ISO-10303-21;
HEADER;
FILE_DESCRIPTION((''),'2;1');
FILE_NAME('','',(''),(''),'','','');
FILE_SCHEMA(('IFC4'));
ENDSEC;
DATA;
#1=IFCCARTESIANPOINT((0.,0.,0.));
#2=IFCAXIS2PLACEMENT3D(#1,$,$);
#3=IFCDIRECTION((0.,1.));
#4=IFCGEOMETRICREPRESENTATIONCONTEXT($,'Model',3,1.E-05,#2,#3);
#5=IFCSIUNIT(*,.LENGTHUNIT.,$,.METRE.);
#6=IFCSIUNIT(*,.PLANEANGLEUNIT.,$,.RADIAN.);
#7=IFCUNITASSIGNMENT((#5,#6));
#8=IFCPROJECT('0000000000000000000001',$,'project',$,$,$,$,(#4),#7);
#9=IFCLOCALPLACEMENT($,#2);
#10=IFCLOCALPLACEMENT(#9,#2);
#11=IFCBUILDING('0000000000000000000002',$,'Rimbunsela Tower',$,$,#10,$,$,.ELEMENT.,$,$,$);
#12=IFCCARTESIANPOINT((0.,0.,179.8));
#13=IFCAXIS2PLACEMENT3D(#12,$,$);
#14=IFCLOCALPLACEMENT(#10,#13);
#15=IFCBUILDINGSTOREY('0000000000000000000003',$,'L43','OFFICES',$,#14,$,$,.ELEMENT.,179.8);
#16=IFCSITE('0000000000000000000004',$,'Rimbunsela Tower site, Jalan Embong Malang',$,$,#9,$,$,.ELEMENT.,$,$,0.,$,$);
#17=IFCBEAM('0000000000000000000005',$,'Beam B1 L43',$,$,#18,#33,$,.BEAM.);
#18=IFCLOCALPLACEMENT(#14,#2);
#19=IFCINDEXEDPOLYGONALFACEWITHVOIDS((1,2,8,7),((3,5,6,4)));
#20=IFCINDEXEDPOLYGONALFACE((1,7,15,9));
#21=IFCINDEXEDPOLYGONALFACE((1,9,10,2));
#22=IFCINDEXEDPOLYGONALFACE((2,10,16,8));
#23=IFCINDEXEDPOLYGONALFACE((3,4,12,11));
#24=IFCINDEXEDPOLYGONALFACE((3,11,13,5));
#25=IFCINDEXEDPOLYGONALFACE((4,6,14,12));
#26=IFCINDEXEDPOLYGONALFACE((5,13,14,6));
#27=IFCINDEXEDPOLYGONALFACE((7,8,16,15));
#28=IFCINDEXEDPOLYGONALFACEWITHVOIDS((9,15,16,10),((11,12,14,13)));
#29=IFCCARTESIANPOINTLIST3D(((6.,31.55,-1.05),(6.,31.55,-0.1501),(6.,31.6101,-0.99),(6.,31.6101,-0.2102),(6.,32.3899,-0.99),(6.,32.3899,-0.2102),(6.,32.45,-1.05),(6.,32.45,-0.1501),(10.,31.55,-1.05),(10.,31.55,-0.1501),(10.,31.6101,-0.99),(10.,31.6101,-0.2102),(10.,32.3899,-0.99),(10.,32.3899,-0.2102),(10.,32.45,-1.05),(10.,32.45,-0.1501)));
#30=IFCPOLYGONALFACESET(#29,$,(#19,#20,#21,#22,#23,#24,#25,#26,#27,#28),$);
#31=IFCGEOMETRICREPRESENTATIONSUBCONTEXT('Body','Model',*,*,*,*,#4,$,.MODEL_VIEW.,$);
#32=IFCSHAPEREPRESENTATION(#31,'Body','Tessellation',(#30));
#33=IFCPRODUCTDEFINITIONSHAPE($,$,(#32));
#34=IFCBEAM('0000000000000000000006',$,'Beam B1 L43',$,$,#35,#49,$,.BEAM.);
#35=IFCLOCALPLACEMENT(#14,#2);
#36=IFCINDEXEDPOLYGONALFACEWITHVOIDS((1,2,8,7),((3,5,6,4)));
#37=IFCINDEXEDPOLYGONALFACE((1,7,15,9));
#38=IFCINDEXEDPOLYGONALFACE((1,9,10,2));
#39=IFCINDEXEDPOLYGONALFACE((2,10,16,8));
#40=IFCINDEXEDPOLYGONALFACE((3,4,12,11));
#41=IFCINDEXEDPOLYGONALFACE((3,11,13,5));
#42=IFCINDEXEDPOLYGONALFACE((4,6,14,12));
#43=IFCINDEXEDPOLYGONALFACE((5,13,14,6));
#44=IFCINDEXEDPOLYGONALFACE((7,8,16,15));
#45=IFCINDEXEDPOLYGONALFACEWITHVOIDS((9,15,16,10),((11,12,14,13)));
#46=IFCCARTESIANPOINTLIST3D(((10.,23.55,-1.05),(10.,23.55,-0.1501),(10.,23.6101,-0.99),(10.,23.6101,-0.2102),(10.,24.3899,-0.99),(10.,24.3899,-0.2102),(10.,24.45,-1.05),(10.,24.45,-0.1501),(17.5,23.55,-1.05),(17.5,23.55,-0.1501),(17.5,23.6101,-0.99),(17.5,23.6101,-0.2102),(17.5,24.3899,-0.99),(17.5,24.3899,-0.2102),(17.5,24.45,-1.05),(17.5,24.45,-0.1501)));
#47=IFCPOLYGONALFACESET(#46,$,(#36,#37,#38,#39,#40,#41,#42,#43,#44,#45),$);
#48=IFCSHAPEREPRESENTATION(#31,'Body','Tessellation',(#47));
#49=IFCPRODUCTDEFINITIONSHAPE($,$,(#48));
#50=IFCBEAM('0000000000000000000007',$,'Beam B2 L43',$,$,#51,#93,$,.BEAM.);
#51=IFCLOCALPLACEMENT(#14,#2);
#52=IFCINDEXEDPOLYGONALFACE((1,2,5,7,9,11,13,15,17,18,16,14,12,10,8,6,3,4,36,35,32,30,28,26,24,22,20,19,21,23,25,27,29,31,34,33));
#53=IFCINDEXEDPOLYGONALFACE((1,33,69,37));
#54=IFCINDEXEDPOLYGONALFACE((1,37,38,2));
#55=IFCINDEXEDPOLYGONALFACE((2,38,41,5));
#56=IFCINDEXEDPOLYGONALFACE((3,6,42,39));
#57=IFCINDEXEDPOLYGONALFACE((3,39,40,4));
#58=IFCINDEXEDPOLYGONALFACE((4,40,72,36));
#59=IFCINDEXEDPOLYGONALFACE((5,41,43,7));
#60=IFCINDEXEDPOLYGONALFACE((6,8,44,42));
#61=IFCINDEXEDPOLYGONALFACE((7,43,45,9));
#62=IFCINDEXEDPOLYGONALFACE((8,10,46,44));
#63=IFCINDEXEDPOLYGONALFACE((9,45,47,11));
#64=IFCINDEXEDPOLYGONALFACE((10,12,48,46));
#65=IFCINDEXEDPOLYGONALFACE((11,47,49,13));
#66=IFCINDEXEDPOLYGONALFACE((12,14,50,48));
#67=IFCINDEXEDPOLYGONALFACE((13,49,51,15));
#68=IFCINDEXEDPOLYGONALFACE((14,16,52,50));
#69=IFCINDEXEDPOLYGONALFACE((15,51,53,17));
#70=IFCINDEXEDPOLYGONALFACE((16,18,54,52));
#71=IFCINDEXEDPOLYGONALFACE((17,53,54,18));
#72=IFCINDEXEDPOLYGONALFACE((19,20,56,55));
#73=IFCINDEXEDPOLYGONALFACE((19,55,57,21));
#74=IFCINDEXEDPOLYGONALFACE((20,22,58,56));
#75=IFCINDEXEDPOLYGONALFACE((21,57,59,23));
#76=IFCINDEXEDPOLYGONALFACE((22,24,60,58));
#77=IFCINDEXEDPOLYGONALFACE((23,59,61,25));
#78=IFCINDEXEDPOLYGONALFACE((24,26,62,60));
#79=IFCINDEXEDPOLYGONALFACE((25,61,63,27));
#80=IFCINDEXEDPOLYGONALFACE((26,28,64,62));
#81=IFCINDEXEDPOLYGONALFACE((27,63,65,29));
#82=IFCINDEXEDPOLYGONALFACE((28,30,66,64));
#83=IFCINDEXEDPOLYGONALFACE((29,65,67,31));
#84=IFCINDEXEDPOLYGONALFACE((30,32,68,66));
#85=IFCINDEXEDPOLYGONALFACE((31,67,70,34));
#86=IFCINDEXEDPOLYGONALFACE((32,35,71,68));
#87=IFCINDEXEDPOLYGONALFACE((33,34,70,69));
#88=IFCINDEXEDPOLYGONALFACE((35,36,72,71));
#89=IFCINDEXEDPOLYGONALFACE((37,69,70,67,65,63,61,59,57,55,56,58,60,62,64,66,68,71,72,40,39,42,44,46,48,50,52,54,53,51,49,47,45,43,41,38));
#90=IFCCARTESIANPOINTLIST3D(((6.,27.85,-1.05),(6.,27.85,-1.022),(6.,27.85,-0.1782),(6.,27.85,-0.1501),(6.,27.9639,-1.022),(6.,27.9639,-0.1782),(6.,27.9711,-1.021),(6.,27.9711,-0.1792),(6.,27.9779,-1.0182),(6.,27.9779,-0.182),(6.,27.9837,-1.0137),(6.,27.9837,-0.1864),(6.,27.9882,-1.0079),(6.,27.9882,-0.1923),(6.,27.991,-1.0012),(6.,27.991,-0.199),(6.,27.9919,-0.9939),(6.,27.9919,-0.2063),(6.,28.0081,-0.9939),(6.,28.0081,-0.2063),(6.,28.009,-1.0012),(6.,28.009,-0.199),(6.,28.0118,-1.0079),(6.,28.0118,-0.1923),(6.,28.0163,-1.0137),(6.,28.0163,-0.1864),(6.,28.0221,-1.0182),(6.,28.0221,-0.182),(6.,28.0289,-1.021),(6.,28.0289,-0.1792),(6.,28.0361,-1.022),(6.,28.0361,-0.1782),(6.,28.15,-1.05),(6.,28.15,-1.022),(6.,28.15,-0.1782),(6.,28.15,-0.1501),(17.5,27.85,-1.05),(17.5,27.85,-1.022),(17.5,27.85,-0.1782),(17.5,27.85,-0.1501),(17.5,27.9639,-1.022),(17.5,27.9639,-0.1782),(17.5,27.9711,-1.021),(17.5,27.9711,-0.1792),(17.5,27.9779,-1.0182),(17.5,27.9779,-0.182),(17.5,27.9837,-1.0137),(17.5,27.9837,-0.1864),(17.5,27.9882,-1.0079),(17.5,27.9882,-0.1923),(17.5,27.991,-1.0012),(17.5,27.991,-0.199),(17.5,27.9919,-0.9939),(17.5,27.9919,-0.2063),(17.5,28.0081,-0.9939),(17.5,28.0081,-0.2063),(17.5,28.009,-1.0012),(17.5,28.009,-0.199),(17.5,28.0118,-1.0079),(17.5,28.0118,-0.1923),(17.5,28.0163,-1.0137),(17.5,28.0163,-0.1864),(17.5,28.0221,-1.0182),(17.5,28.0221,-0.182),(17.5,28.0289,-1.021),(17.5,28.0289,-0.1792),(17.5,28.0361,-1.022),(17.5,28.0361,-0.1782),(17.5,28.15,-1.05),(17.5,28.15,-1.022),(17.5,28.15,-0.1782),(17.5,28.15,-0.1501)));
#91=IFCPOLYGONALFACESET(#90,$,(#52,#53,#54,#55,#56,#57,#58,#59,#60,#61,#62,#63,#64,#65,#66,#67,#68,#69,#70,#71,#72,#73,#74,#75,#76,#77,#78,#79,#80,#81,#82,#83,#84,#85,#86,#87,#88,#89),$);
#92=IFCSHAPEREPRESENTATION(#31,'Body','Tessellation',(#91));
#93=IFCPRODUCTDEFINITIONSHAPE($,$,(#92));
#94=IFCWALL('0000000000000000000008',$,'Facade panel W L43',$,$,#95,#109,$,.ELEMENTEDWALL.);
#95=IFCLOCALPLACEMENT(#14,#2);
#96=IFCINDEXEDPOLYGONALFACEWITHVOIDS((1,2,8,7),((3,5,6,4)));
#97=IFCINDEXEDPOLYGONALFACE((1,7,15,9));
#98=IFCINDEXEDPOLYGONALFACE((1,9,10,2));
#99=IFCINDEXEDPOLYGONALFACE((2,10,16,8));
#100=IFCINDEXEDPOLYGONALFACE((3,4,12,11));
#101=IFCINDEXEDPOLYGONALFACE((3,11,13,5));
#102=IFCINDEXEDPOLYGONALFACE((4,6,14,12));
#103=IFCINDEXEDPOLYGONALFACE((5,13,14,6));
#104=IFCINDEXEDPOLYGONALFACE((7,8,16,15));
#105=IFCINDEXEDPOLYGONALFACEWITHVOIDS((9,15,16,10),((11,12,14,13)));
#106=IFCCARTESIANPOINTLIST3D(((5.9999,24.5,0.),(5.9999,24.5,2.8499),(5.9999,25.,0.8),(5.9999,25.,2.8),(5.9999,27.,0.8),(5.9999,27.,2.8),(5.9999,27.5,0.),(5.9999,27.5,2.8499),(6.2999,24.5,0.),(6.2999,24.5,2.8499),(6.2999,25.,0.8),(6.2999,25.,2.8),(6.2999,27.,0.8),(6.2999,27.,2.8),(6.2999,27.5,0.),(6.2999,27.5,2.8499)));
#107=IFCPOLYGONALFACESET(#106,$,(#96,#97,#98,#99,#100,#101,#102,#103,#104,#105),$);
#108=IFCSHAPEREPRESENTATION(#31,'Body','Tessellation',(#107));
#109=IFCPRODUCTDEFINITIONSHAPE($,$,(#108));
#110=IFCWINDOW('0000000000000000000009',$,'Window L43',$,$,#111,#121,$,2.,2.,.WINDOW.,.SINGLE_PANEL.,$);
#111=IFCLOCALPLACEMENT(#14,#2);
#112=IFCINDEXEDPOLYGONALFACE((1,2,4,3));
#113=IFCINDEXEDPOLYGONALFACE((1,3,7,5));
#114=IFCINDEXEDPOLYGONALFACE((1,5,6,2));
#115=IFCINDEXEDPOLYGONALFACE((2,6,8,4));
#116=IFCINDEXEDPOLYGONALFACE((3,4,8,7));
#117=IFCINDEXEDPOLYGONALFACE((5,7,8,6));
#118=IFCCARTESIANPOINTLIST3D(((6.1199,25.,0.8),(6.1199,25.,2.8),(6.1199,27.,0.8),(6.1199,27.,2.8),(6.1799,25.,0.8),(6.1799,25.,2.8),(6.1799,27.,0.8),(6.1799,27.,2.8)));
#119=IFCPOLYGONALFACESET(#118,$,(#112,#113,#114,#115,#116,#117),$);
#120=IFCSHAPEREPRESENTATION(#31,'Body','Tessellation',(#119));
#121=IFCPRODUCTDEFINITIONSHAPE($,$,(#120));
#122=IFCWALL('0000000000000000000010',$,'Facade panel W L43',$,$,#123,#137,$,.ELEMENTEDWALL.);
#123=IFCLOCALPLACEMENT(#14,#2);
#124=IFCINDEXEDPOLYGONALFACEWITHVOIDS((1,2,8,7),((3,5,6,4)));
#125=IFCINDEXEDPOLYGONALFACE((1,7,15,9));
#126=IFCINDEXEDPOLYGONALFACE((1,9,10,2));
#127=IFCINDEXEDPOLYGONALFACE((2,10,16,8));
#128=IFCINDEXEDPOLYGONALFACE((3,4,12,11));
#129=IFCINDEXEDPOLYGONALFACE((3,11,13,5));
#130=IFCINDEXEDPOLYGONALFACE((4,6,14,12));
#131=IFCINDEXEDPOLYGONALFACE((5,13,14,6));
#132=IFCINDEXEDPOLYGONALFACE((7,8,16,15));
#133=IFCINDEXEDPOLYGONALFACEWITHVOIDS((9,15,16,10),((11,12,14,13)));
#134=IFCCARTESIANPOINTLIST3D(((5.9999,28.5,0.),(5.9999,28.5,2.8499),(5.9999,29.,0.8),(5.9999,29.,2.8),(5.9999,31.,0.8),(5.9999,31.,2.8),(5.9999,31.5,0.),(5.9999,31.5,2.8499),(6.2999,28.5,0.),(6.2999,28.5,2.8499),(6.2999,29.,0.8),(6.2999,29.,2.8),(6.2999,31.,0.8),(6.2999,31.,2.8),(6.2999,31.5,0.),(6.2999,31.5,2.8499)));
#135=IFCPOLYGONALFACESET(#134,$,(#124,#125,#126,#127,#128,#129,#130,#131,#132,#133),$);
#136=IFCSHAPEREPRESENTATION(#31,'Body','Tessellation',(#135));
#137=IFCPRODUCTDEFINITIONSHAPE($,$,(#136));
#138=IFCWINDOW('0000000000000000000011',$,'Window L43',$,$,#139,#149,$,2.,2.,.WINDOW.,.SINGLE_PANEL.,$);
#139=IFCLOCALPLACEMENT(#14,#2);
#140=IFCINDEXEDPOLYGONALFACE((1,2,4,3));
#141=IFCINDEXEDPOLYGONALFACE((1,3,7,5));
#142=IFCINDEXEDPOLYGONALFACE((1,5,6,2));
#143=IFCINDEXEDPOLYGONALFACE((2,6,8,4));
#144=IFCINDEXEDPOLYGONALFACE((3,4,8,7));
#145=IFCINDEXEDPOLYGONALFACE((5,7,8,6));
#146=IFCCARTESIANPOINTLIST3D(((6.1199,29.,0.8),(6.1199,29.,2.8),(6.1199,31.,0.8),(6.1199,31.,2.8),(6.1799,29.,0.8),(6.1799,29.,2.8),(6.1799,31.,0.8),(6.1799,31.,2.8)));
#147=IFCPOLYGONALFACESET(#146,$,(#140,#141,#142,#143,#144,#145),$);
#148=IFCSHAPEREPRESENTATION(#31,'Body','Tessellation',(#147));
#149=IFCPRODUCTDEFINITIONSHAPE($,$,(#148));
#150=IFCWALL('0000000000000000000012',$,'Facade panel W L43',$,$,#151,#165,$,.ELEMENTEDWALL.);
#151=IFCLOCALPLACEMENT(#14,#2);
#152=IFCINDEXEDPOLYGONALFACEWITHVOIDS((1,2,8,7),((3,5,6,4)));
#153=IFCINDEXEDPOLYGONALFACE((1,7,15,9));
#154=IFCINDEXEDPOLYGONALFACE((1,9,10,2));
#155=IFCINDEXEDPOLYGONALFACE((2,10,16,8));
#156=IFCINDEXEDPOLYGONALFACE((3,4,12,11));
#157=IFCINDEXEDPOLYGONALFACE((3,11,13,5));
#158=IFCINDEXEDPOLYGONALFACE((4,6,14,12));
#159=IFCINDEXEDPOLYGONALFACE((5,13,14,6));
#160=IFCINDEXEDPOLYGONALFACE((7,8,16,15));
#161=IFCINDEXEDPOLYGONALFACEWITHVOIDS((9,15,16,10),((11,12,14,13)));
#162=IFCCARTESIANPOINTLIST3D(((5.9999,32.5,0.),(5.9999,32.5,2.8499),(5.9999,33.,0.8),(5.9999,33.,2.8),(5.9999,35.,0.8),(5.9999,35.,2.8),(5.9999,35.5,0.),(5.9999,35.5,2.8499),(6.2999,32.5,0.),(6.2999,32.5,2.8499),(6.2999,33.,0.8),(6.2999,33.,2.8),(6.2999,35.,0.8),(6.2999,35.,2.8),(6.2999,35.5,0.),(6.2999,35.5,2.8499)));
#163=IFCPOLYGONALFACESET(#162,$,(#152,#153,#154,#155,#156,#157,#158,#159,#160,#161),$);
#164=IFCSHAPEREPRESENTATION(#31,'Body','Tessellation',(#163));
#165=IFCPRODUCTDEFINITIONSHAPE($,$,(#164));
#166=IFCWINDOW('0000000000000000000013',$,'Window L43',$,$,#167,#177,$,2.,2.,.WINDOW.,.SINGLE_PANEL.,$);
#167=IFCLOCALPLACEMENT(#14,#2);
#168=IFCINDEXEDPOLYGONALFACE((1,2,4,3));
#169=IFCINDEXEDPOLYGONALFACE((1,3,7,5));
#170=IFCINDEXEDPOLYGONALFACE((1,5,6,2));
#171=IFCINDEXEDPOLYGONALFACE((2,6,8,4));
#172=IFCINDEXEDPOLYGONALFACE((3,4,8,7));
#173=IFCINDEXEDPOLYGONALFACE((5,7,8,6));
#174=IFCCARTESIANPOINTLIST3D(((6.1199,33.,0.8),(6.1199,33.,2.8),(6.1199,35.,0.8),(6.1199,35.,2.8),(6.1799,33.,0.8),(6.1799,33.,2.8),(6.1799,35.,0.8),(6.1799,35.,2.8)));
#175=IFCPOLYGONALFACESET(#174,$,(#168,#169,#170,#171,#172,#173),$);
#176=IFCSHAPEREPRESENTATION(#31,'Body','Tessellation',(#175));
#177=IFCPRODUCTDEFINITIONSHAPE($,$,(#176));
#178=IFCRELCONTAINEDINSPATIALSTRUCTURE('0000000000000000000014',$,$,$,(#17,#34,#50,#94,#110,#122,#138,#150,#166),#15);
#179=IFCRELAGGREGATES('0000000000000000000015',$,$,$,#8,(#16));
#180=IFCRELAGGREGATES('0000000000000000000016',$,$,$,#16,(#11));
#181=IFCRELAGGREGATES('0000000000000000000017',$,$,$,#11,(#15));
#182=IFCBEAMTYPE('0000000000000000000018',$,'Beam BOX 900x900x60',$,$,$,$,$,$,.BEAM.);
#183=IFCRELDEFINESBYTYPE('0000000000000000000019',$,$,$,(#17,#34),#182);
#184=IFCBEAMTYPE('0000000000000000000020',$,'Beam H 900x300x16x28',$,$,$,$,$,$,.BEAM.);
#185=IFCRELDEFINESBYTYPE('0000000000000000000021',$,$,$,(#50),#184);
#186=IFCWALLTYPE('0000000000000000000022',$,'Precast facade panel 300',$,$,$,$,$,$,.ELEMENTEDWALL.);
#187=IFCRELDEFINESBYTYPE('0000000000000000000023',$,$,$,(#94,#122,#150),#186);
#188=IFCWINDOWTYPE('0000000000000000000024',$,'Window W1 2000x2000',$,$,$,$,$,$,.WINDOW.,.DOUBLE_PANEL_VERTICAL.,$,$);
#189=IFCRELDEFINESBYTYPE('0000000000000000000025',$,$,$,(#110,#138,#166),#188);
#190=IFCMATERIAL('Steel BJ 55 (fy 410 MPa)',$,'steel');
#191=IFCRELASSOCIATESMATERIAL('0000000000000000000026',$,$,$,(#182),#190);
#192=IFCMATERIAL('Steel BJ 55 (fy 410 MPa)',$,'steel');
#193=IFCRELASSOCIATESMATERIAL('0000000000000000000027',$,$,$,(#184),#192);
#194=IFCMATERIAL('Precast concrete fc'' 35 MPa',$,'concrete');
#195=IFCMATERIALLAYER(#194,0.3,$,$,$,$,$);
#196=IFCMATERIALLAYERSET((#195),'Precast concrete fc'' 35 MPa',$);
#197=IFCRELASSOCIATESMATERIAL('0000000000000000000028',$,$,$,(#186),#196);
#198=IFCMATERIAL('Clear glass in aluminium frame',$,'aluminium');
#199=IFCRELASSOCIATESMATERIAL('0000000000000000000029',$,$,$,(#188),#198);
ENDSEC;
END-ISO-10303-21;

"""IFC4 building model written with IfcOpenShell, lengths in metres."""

from ifc_helpers import new_model, si_unit, direction, frame, frame_2d, origin, origin_2d, place, context, subcontext, project, spatial, rectangle, hollow_rectangle, i_section, extrude, material, layer, layer_set, material_profile, profile_set, type_object, element, fill, save


model = new_model("IFC4")

# Units and contexts
model_context = context("Model", 3, precision=1e-05, world=origin(), true_north=direction((0.0, 1.0)))
body_context = subcontext(model_context, "Body", "Model", "MODEL_VIEW")
ifc_project = project(units=[si_unit("LENGTHUNIT", "METRE"), si_unit("PLANEANGLEUNIT", "RADIAN")], contexts=[model_context])

# Site, building, storey
site_placement = place(None, origin())
site = spatial("IfcSite", under=ifc_project, at=site_placement, Name="Rimbunsela Tower site, Jalan Embong Malang", CompositionType="ELEMENT", RefElevation=0.0)
building_placement = place(site_placement, origin())
building = spatial("IfcBuilding", under=site, at=building_placement, Name="Rimbunsela Tower", CompositionType="ELEMENT")
storey_placement = place(building_placement, frame((0.0, 0.0, 179.8)))
storey = spatial("IfcBuildingStorey", under=building, at=storey_placement, Name="L43", Description="OFFICES", CompositionType="ELEMENT", Elevation=179.8)

# Beams
ifc_material_1 = material(Name="Steel BJ 55 (fy 410 MPa)", Category="steel")
ifc_material_profile_1 = material_profile(ifc_material_1, hollow_rectangle(XDim=0.8999, YDim=0.8999, WallThickness=0.0601, at=origin_2d()), Name="BOX 900x900x60")
ifc_profile_set_1 = profile_set([ifc_material_profile_1], Name="Steel BJ 55 (fy 410 MPa)")
beam_type_1 = type_object("IfcBeamType", Name="Beam BOX 900x900x60", PredefinedType="BEAM", material=ifc_profile_set_1)
for number, where, z_axis, x_axis, name in (
    (1, (6.0, 32.0, -0.6001), (1.0, 0.0, 0.0), (0.0, 1.0, 0.0), "Beam B1 L43"),
):
    element("IfcBeam", number, at=place(storey_placement, frame(where, z_axis=z_axis, x_axis=x_axis)), inside=storey, type_object=beam_type_1, Name=name, PredefinedType="BEAM", context=body_context, shape_type="SweptSolid", body=[
        extrude(hollow_rectangle(XDim=0.8999, YDim=0.8999, WallThickness=0.0601, at=origin_2d()), origin(), (0.0, 0.0, 1.0), 4.0),
    ])
beam_1_placement = place(storey_placement, frame((10.0, 24.0, -0.6001), z_axis=(1.0, 0.0, 0.0), x_axis=(0.0, 1.0, 0.0)))
element("IfcBeam", 2, at=beam_1_placement, inside=storey, type_object=beam_type_1, Name="Beam B1 L43", PredefinedType="BEAM", context=body_context, shape_type="SweptSolid", body=[
    extrude(hollow_rectangle(XDim=0.8999, YDim=0.8999, WallThickness=0.0601, at=origin_2d()), origin(), (0.0, 0.0, 1.0), 7.5),
])
ifc_material_2 = material(Name="Steel BJ 55 (fy 410 MPa)", Category="steel")
ifc_material_profile_2 = material_profile(ifc_material_2, i_section(OverallWidth=0.3, OverallDepth=0.8999, WebThickness=0.0161, FlangeThickness=0.0281, FilletRadius=0.0281, at=origin_2d()), Name="H 900x300x16x28")
ifc_profile_set_2 = profile_set([ifc_material_profile_2], Name="Steel BJ 55 (fy 410 MPa)")
beam_type_2 = type_object("IfcBeamType", Name="Beam H 900x300x16x28", PredefinedType="BEAM", material=ifc_profile_set_2)
beam_2_placement = place(storey_placement, frame((6.0, 28.0, -0.6001), z_axis=(1.0, 0.0, 0.0), x_axis=(0.0, 1.0, 0.0)))
element("IfcBeam", 3, at=beam_2_placement, inside=storey, type_object=beam_type_2, Name="Beam B2 L43", PredefinedType="BEAM", context=body_context, shape_type="SweptSolid", body=[
    extrude(i_section(OverallWidth=0.3, OverallDepth=0.8999, WebThickness=0.0161, FlangeThickness=0.0281, FilletRadius=0.0281, at=origin_2d()), origin(), (0.0, 0.0, 1.0), 11.5),
])

# Walls, openings, windows
ifc_material_3 = material(Name="Precast concrete fc' 35 MPa", Category="concrete")
ifc_layer_1 = layer(ifc_material_3, 0.3)
ifc_layer_set_1 = layer_set([ifc_layer_1], Name="Precast concrete fc' 35 MPa")
wall_type = type_object("IfcWallType", Name="Precast facade panel 300", PredefinedType="ELEMENTEDWALL", material=ifc_layer_set_1)
wall_1_placement = place(storey_placement, frame((6.1499, 27.5, 0.0), z_axis=(0.0, 0.0, 1.0), x_axis=(0.0, -1.0, 0.0)))
wall_1 = element("IfcWall", 4, at=wall_1_placement, inside=storey, type_object=wall_type, Name="Facade panel W L43", PredefinedType="ELEMENTEDWALL", context=body_context, shape_type="SweptSolid", body=[
    extrude(rectangle(XDim=3.0, YDim=0.3, at=frame_2d((1.5, 0.0))), origin(), (0.0, 0.0, 1.0), 2.8499),
])
opening_1_placement = place(wall_1_placement, frame((0.5, 0.0, 0.8)))
opening_1 = element("IfcOpeningElement", 5, at=opening_1_placement, cuts=wall_1, PredefinedType="OPENING", context=body_context, shape_type="SweptSolid", body=[
    extrude(rectangle(XDim=2.0, YDim=2.0, at=frame_2d((1.0, 1.0))), frame((0.0, 0.1599, 0.0), z_axis=(0.0, -1.0, 0.0), x_axis=(1.0, 0.0, 0.0)), (0.0, 0.0, 1.0), 0.3201),
])
ifc_material_4 = material(Name="Clear glass in aluminium frame", Category="aluminium")
window_type = type_object("IfcWindowType", Name="Window W1 2000x2000", PartitioningType="DOUBLE_PANEL_VERTICAL", PredefinedType="WINDOW", material=ifc_material_4)
window_1_placement = place(opening_1_placement, origin())
window_1 = element("IfcWindow", 6, at=window_1_placement, inside=storey, type_object=window_type, Name="Window L43", OverallHeight=2.0, OverallWidth=2.0, PartitioningType="SINGLE_PANEL", PredefinedType="WINDOW", context=body_context, shape_type="SweptSolid", body=[
    extrude(rectangle(XDim=2.0, YDim=2.0, at=frame_2d((1.0, 1.0))), frame((0.0, 0.03, 0.0), z_axis=(0.0, -1.0, 0.0), x_axis=(1.0, 0.0, 0.0)), (0.0, 0.0, 1.0), 0.0601),
])
fill(opening_1, window_1)
wall_2_placement = place(storey_placement, frame((6.1499, 31.5, 0.0), z_axis=(0.0, 0.0, 1.0), x_axis=(0.0, -1.0, 0.0)))
wall_2 = element("IfcWall", 7, at=wall_2_placement, inside=storey, type_object=wall_type, Name="Facade panel W L43", PredefinedType="ELEMENTEDWALL", context=body_context, shape_type="SweptSolid", body=[
    extrude(rectangle(XDim=3.0, YDim=0.3, at=frame_2d((1.5, 0.0))), origin(), (0.0, 0.0, 1.0), 2.8499),
])
opening_2_placement = place(wall_2_placement, frame((0.5, 0.0, 0.8)))
opening_2 = element("IfcOpeningElement", 8, at=opening_2_placement, cuts=wall_2, PredefinedType="OPENING", context=body_context, shape_type="SweptSolid", body=[
    extrude(rectangle(XDim=2.0, YDim=2.0, at=frame_2d((1.0, 1.0))), frame((0.0, 0.1599, 0.0), z_axis=(0.0, -1.0, 0.0), x_axis=(1.0, 0.0, 0.0)), (0.0, 0.0, 1.0), 0.3201),
])
window_2_placement = place(opening_2_placement, origin())
window_2 = element("IfcWindow", 9, at=window_2_placement, inside=storey, type_object=window_type, Name="Window L43", OverallHeight=2.0, OverallWidth=2.0, PartitioningType="SINGLE_PANEL", PredefinedType="WINDOW", context=body_context, shape_type="SweptSolid", body=[
    extrude(rectangle(XDim=2.0, YDim=2.0, at=frame_2d((1.0, 1.0))), frame((0.0, 0.03, 0.0), z_axis=(0.0, -1.0, 0.0), x_axis=(1.0, 0.0, 0.0)), (0.0, 0.0, 1.0), 0.0601),
])
fill(opening_2, window_2)
wall_3_placement = place(storey_placement, frame((6.1499, 35.5, 0.0), z_axis=(0.0, 0.0, 1.0), x_axis=(0.0, -1.0, 0.0)))
wall_3 = element("IfcWall", 10, at=wall_3_placement, inside=storey, type_object=wall_type, Name="Facade panel W L43", PredefinedType="ELEMENTEDWALL", context=body_context, shape_type="SweptSolid", body=[
    extrude(rectangle(XDim=3.0, YDim=0.3, at=frame_2d((1.5, 0.0))), origin(), (0.0, 0.0, 1.0), 2.8499),
])
opening_3_placement = place(wall_3_placement, frame((0.5, 0.0, 0.8)))
opening_3 = element("IfcOpeningElement", 11, at=opening_3_placement, cuts=wall_3, PredefinedType="OPENING", context=body_context, shape_type="SweptSolid", body=[
    extrude(rectangle(XDim=2.0, YDim=2.0, at=frame_2d((1.0, 1.0))), frame((0.0, 0.1599, 0.0), z_axis=(0.0, -1.0, 0.0), x_axis=(1.0, 0.0, 0.0)), (0.0, 0.0, 1.0), 0.3201),
])
window_3_placement = place(opening_3_placement, origin())
window_3 = element("IfcWindow", 12, at=window_3_placement, inside=storey, type_object=window_type, Name="Window L43", OverallHeight=2.0, OverallWidth=2.0, PartitioningType="SINGLE_PANEL", PredefinedType="WINDOW", context=body_context, shape_type="SweptSolid", body=[
    extrude(rectangle(XDim=2.0, YDim=2.0, at=frame_2d((1.0, 1.0))), frame((0.0, 0.03, 0.0), z_axis=(0.0, -1.0, 0.0), x_axis=(1.0, 0.0, 0.0)), (0.0, 0.0, 1.0), 0.0601),
])
fill(opening_3, window_3)

save(model, "model.ifc")
